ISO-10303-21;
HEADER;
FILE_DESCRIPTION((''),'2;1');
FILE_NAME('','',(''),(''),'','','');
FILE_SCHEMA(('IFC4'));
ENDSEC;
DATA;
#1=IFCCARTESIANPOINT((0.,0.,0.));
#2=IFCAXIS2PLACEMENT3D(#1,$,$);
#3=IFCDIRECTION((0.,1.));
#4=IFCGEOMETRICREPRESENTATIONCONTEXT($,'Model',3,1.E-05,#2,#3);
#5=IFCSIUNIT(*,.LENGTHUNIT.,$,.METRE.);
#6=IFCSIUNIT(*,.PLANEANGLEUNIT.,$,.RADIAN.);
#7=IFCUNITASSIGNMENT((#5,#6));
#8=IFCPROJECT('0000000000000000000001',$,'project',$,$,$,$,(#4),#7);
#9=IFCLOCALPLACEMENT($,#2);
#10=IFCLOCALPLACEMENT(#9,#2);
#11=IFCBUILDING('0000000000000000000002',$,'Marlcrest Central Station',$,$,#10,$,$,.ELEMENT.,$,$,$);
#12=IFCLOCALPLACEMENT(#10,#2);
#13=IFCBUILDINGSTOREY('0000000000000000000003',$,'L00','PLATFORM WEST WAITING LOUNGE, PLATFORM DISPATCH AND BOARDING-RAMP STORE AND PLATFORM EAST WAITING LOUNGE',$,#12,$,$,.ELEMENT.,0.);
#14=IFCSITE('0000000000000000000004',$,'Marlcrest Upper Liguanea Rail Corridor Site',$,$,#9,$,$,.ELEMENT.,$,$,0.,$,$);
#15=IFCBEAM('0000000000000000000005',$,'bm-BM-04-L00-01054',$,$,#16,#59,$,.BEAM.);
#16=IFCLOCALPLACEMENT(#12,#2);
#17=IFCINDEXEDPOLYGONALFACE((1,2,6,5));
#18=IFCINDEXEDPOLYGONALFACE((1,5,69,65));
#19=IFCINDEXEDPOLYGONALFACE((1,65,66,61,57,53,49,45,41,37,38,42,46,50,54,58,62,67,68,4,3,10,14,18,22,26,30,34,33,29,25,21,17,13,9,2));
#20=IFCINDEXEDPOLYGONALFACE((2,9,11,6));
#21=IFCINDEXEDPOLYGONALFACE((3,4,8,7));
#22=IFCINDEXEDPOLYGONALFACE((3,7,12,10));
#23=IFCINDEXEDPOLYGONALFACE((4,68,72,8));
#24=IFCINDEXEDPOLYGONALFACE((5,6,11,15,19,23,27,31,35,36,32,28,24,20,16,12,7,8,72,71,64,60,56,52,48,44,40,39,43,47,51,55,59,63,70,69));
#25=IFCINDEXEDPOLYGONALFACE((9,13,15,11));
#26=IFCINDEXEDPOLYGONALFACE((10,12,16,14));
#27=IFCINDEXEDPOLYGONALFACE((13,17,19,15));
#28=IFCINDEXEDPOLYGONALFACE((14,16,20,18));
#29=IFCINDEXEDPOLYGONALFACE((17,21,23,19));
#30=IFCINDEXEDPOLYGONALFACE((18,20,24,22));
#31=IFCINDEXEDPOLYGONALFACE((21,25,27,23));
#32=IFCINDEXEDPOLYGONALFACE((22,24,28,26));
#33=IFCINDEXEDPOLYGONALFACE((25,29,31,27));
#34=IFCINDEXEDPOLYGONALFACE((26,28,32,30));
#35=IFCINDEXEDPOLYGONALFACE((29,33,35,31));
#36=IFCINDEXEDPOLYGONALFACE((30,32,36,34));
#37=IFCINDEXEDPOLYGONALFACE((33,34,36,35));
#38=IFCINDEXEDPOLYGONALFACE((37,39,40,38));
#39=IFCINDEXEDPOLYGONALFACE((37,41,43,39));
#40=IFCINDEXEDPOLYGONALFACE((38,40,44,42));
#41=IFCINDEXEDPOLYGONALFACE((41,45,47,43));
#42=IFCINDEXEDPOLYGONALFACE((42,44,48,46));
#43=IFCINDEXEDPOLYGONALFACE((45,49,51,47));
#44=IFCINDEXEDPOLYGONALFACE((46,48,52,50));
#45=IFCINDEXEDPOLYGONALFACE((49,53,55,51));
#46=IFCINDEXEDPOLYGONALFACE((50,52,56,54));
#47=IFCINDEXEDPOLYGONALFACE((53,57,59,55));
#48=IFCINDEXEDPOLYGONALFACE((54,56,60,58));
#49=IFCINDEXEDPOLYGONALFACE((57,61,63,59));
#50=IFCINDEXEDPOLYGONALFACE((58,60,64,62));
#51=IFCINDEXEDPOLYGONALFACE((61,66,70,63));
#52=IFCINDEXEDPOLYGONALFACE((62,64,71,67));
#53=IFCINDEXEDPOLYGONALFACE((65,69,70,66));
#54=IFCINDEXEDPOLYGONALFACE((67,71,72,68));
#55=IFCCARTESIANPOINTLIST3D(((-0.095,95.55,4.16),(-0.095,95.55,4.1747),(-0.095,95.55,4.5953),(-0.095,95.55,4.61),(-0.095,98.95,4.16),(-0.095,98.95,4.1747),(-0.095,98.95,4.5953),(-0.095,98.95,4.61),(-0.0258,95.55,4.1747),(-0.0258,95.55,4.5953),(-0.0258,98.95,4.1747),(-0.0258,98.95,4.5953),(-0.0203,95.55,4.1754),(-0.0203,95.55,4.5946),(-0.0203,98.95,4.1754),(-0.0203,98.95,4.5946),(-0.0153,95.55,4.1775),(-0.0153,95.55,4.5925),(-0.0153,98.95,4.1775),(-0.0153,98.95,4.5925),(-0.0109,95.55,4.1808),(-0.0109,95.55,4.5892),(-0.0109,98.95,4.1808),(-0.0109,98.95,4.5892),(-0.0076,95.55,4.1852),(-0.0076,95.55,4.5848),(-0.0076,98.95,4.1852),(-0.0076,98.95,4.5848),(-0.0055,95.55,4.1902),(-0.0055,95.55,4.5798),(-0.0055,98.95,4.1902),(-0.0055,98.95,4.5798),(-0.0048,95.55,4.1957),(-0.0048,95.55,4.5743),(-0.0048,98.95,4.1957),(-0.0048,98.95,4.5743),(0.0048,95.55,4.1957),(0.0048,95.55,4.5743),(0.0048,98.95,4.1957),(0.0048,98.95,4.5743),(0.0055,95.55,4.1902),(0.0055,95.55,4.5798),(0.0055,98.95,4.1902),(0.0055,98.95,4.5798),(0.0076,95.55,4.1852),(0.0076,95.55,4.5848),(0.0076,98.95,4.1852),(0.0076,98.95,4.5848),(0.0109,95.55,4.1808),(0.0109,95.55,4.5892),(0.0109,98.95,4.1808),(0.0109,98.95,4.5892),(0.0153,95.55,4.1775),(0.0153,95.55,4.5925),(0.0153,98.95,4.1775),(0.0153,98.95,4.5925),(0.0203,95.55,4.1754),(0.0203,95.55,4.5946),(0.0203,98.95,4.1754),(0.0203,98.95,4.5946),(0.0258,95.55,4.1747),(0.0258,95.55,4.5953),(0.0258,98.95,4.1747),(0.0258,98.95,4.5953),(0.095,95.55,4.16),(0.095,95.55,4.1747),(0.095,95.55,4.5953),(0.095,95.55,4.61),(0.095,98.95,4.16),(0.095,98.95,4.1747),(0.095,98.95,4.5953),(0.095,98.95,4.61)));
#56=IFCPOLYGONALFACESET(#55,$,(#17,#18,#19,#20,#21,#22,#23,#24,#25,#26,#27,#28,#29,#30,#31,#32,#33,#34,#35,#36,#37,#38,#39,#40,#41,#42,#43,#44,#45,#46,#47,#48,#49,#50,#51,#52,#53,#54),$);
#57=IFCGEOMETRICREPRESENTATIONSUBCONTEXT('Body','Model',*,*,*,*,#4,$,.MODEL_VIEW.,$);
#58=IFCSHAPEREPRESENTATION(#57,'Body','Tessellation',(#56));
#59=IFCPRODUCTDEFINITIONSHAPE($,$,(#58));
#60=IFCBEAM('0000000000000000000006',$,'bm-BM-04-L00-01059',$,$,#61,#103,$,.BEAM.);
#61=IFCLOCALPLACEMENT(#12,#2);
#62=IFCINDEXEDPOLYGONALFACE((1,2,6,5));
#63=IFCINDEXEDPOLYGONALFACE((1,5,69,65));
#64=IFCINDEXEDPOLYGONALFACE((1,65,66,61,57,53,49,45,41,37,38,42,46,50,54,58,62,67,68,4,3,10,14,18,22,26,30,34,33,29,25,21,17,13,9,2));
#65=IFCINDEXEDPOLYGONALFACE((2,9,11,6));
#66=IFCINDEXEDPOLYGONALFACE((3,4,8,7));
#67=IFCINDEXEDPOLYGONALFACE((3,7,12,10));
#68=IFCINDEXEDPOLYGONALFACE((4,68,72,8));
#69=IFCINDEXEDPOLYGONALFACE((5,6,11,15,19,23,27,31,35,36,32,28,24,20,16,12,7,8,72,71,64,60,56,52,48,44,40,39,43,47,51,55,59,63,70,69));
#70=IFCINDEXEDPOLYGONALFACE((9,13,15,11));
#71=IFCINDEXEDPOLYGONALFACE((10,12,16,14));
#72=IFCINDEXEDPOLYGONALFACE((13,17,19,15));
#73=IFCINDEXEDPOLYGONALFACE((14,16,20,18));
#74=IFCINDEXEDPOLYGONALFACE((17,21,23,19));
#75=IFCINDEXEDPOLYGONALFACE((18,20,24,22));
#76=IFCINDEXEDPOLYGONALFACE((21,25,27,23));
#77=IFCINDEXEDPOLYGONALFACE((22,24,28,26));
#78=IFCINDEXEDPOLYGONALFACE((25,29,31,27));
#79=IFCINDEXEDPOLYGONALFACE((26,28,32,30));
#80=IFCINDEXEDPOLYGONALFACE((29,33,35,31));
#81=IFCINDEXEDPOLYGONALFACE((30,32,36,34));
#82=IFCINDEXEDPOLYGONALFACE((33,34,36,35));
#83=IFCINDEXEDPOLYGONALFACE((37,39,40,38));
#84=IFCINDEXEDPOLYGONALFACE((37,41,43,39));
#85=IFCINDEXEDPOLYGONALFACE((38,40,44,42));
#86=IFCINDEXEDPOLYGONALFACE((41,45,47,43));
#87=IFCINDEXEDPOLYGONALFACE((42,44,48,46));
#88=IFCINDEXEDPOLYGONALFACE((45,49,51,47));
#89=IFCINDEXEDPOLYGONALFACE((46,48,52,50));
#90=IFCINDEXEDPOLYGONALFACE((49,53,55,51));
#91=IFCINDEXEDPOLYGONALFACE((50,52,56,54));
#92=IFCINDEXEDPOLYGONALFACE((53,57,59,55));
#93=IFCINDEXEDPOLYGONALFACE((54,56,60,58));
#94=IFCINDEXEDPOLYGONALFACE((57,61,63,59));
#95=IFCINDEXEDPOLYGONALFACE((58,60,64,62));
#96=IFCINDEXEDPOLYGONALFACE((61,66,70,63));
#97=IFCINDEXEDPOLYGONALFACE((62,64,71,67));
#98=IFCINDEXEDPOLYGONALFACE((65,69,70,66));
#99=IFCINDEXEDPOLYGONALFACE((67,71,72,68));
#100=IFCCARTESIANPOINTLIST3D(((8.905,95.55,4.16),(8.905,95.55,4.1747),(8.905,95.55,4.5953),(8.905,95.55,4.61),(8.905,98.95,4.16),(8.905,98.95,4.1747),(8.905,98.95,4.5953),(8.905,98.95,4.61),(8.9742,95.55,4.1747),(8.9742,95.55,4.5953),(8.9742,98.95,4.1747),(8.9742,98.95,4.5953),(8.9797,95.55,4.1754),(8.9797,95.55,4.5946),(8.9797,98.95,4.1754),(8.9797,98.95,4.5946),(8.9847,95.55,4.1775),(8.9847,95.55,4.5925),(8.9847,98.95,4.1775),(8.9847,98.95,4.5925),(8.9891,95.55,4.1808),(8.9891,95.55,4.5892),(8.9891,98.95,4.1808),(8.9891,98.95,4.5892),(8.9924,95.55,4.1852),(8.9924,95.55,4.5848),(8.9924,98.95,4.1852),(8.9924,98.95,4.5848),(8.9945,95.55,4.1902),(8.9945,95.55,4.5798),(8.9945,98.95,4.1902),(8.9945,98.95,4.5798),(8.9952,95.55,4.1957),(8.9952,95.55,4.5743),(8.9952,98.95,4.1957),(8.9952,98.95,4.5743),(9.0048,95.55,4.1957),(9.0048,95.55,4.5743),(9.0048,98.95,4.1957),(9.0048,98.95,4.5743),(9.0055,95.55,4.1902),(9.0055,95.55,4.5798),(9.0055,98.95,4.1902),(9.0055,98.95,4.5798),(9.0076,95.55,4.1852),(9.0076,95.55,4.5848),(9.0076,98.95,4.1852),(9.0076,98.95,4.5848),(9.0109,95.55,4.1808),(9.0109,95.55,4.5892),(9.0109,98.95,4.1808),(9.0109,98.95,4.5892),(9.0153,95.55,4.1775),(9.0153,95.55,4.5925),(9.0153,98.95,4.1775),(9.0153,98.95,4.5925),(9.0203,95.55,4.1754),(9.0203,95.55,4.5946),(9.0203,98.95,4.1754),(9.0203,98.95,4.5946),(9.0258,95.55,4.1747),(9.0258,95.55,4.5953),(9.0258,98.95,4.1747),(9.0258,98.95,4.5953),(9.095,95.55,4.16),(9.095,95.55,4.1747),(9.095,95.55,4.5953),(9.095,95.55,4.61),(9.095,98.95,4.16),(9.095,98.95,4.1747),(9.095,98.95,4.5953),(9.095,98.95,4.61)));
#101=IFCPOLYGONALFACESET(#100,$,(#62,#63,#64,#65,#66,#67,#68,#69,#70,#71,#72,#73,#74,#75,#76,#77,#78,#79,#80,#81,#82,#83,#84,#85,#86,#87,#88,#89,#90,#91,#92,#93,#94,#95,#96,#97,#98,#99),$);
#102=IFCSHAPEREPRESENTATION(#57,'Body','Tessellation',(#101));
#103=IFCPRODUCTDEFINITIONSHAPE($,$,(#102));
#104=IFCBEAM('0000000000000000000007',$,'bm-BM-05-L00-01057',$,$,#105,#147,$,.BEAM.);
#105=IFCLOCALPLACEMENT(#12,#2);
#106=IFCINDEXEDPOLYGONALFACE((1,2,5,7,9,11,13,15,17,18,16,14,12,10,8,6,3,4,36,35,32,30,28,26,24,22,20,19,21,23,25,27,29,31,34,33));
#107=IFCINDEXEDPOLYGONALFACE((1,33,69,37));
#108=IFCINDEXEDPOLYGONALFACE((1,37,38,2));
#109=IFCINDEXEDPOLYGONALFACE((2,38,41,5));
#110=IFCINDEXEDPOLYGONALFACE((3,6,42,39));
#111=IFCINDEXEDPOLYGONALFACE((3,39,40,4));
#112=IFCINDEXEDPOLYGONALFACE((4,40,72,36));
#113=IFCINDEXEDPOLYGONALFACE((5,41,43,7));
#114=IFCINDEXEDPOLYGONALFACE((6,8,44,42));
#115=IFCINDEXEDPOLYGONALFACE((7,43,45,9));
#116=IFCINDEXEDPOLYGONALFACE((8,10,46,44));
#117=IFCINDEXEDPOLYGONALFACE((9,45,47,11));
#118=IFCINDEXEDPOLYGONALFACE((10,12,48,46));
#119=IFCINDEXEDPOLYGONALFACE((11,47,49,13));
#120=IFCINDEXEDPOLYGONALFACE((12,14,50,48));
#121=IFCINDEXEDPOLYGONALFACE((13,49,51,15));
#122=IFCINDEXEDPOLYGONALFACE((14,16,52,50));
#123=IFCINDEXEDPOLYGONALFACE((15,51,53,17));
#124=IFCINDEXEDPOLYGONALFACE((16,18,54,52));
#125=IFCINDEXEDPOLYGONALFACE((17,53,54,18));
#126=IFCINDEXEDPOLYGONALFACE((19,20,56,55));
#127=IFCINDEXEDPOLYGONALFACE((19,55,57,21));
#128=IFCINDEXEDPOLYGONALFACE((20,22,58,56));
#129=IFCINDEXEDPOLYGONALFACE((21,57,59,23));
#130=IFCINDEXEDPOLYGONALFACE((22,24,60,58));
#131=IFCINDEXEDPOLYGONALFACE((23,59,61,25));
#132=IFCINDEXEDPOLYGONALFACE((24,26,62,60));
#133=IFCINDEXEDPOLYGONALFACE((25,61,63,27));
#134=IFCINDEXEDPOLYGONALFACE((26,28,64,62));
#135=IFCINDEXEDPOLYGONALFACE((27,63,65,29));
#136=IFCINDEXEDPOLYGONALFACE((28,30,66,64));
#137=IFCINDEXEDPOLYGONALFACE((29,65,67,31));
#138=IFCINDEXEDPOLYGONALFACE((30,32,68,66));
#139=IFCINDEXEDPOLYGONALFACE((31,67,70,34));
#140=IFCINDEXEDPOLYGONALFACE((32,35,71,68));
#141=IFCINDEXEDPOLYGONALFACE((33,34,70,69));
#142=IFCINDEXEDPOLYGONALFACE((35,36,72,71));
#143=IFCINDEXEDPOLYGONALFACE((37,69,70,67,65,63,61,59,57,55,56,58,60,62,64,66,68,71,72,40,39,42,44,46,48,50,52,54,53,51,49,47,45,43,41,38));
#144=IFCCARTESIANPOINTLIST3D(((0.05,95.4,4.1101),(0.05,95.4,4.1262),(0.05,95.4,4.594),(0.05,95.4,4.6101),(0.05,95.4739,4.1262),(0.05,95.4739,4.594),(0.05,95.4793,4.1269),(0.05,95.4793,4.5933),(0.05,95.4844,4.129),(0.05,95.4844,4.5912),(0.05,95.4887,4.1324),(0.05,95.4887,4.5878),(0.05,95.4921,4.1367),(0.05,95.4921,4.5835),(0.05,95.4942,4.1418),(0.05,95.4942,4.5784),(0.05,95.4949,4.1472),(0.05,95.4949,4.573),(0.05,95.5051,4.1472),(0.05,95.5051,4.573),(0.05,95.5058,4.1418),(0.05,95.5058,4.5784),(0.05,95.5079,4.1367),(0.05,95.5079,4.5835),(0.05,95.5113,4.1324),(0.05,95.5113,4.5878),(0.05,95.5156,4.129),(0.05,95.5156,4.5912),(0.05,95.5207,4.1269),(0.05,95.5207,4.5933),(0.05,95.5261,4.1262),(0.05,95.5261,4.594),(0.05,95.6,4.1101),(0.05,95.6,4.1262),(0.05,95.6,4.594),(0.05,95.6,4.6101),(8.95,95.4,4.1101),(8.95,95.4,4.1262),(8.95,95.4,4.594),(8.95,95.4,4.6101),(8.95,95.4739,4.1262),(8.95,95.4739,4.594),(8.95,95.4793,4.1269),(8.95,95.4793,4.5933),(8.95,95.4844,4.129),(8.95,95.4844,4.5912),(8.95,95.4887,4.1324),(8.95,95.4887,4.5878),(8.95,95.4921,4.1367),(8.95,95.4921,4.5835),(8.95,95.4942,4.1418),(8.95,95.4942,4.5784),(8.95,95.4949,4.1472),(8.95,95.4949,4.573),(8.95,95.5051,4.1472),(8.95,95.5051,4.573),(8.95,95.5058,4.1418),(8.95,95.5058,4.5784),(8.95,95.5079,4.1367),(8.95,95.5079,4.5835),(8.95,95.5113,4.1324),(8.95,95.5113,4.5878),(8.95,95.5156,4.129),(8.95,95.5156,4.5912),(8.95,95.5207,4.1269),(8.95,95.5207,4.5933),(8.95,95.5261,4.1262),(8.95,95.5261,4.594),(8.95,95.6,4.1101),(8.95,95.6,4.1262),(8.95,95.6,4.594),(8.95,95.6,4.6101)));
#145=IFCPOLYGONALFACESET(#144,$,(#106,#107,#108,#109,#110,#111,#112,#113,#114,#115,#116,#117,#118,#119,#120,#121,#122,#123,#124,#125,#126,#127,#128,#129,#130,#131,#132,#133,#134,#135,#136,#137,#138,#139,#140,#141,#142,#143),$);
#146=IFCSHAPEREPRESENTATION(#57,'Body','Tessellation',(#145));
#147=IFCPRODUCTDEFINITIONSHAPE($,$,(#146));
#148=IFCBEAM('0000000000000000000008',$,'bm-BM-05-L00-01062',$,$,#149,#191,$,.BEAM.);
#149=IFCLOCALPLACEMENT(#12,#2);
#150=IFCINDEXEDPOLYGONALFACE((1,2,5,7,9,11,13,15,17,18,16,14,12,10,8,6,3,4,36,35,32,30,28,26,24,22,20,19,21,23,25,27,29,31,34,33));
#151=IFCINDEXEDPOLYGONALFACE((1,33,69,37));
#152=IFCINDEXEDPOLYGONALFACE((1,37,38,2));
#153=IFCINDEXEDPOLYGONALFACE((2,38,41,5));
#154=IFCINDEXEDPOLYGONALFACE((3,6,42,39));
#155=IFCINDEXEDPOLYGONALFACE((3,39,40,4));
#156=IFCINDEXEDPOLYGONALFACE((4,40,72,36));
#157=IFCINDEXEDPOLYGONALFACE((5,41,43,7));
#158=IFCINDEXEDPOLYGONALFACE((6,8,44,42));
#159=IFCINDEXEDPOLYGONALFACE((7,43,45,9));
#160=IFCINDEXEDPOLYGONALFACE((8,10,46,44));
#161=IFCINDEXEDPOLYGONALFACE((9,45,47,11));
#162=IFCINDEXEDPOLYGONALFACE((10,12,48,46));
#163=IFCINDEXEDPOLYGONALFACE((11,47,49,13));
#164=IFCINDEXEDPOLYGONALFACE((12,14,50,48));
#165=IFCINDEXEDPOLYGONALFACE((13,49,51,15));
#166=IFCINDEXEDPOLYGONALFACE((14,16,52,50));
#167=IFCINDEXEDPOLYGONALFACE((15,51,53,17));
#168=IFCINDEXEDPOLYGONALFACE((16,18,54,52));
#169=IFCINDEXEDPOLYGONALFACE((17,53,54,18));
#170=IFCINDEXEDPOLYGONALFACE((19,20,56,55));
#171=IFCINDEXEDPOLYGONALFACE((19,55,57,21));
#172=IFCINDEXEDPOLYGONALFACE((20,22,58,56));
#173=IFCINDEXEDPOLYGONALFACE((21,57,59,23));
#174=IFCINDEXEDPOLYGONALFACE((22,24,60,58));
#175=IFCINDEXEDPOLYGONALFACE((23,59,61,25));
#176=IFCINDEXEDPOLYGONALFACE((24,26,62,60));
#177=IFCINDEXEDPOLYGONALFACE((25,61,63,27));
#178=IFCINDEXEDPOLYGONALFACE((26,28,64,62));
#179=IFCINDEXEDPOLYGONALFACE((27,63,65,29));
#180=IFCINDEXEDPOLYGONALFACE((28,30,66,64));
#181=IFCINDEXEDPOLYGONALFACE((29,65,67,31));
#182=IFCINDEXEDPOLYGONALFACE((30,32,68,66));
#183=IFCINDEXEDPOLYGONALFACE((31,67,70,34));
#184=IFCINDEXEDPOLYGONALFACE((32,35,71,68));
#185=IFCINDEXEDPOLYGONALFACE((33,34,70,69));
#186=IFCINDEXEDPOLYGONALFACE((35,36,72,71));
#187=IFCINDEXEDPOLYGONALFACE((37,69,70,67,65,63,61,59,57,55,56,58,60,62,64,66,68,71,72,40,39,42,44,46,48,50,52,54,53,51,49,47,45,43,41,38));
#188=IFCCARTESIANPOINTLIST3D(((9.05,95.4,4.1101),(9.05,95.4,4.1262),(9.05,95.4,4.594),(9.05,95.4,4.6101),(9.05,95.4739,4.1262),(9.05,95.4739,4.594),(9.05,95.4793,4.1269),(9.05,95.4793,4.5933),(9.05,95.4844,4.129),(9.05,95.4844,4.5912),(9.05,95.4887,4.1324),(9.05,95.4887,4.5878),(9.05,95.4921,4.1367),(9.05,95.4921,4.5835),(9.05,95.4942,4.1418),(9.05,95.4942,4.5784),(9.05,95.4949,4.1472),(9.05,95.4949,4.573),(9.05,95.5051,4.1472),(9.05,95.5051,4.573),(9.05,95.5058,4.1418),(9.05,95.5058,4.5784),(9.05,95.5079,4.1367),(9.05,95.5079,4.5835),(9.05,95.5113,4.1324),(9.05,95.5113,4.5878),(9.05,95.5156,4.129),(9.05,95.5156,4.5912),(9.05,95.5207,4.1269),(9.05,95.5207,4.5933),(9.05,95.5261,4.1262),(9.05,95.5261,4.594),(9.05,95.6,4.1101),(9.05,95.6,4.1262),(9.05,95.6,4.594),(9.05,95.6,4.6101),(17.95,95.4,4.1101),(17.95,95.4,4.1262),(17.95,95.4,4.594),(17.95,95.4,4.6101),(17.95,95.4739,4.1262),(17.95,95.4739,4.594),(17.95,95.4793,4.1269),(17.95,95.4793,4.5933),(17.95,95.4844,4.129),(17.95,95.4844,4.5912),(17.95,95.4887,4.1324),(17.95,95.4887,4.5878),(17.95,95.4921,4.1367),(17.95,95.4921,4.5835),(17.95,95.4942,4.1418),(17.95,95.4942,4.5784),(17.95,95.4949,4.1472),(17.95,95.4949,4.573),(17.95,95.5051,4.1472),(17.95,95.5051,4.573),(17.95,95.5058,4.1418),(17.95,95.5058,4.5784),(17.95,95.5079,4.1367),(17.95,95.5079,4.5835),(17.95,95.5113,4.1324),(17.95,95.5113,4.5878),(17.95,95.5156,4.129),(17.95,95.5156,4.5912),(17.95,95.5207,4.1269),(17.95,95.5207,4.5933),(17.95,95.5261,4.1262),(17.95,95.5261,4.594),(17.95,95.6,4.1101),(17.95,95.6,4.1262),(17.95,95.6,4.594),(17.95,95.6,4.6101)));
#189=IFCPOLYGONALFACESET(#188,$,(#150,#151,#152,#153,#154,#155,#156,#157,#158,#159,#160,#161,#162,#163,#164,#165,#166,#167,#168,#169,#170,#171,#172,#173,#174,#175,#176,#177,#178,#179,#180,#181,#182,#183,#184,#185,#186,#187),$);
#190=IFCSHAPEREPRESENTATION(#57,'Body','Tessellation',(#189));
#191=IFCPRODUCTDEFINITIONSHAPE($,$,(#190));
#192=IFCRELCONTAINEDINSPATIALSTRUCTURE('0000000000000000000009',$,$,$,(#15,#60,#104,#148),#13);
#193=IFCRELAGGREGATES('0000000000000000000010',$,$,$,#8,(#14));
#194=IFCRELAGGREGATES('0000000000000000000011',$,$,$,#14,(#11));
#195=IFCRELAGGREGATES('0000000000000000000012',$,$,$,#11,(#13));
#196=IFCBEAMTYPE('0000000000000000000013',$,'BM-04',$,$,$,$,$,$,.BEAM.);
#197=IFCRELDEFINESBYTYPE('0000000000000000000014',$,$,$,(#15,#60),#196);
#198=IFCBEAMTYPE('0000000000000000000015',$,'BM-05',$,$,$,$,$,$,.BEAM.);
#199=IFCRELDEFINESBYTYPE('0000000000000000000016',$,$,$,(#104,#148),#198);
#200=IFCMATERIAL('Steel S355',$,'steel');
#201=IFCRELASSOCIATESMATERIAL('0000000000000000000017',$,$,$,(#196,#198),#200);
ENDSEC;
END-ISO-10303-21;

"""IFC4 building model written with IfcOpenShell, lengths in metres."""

from ifc_helpers import new_model, si_unit, direction, frame, origin, origin_2d, place, context, subcontext, project, spatial, i_section, extrude, material, material_profile, profile_set, type_object, element, save


model = new_model("IFC4")

# Units and contexts
model_context = context("Model", 3, precision=1e-05, world=origin(), true_north=direction((0.0, 1.0)))
body_context = subcontext(model_context, "Body", "Model", "MODEL_VIEW")
ifc_project = project(units=[si_unit("LENGTHUNIT", "METRE"), si_unit("PLANEANGLEUNIT", "RADIAN")], contexts=[model_context])

# Site, building, storey
site_placement = place(None, origin())
site = spatial("IfcSite", under=ifc_project, at=site_placement, Name="Marlcrest Upper Liguanea Rail Corridor Site", CompositionType="ELEMENT", RefElevation=0.0)
building_placement = place(site_placement, origin())
building = spatial("IfcBuilding", under=site, at=building_placement, Name="Marlcrest Central Station", CompositionType="ELEMENT")
storey_placement = place(building_placement, origin())
storey = spatial("IfcBuildingStorey", under=building, at=storey_placement, Name="L00", Description="PLATFORM WEST WAITING LOUNGE, PLATFORM DISPATCH AND BOARDING-RAMP STORE AND PLATFORM EAST WAITING LOUNGE", CompositionType="ELEMENT", Elevation=0.0)

# Shared definitions
ifc_material_1 = material(Name="Steel S355", Category="steel")

# Beams
ifc_material_profile_1 = material_profile(ifc_material_1, i_section(OverallWidth=0.1899, OverallDepth=0.45, WebThickness=0.0095, FlangeThickness=0.0146, FilletRadius=0.021, at=origin_2d()), Name="IPE 450")
ifc_profile_set_1 = profile_set([ifc_material_profile_1], Name="Steel S355")
beam_type_1 = type_object("IfcBeamType", Name="BM-04", PredefinedType="BEAM", material=ifc_profile_set_1)
for number, where, z_axis, x_axis, name in (
    (1, (0.0, 95.55, 4.385), (0.0, 1.0, 0.0), (-1.0, 0.0, 0.0), "bm-BM-04-L00-01054"),
    (2, (9.0, 95.55, 4.385), (0.0, 1.0, 0.0), (-1.0, 0.0, 0.0), "bm-BM-04-L00-01059"),
):
    element("IfcBeam", number, at=place(storey_placement, frame(where, z_axis=z_axis, x_axis=x_axis)), inside=storey, type_object=beam_type_1, Name=name, PredefinedType="BEAM", context=body_context, shape_type="SweptSolid", body=[
        extrude(i_section(OverallWidth=0.1899, OverallDepth=0.45, WebThickness=0.0095, FlangeThickness=0.0146, FilletRadius=0.021, at=origin_2d()), origin(), (0.0, 0.0, 1.0), 3.3999),
    ])
ifc_material_profile_2 = material_profile(ifc_material_1, i_section(OverallWidth=0.2, OverallDepth=0.5, WebThickness=0.0103, FlangeThickness=0.0161, FilletRadius=0.021, at=origin_2d()), Name="IPE 500")
ifc_profile_set_2 = profile_set([ifc_material_profile_2], Name="Steel S355")
beam_type_2 = type_object("IfcBeamType", Name="BM-05", PredefinedType="BEAM", material=ifc_profile_set_2)
for number, where, z_axis, x_axis, name in (
    (3, (0.05, 95.5, 4.3601), (1.0, 0.0, 0.0), (0.0, 1.0, 0.0), "bm-BM-05-L00-01057"),
    (4, (9.05, 95.5, 4.3601), (1.0, 0.0, 0.0), (0.0, 1.0, 0.0), "bm-BM-05-L00-01062"),
):
    element("IfcBeam", number, at=place(storey_placement, frame(where, z_axis=z_axis, x_axis=x_axis)), inside=storey, type_object=beam_type_2, Name=name, PredefinedType="BEAM", context=body_context, shape_type="SweptSolid", body=[
        extrude(i_section(OverallWidth=0.2, OverallDepth=0.5, WebThickness=0.0103, FlangeThickness=0.0161, FilletRadius=0.021, at=origin_2d()), origin(), (0.0, 0.0, 1.0), 8.8999),
    ])

save(model, "model.ifc")
